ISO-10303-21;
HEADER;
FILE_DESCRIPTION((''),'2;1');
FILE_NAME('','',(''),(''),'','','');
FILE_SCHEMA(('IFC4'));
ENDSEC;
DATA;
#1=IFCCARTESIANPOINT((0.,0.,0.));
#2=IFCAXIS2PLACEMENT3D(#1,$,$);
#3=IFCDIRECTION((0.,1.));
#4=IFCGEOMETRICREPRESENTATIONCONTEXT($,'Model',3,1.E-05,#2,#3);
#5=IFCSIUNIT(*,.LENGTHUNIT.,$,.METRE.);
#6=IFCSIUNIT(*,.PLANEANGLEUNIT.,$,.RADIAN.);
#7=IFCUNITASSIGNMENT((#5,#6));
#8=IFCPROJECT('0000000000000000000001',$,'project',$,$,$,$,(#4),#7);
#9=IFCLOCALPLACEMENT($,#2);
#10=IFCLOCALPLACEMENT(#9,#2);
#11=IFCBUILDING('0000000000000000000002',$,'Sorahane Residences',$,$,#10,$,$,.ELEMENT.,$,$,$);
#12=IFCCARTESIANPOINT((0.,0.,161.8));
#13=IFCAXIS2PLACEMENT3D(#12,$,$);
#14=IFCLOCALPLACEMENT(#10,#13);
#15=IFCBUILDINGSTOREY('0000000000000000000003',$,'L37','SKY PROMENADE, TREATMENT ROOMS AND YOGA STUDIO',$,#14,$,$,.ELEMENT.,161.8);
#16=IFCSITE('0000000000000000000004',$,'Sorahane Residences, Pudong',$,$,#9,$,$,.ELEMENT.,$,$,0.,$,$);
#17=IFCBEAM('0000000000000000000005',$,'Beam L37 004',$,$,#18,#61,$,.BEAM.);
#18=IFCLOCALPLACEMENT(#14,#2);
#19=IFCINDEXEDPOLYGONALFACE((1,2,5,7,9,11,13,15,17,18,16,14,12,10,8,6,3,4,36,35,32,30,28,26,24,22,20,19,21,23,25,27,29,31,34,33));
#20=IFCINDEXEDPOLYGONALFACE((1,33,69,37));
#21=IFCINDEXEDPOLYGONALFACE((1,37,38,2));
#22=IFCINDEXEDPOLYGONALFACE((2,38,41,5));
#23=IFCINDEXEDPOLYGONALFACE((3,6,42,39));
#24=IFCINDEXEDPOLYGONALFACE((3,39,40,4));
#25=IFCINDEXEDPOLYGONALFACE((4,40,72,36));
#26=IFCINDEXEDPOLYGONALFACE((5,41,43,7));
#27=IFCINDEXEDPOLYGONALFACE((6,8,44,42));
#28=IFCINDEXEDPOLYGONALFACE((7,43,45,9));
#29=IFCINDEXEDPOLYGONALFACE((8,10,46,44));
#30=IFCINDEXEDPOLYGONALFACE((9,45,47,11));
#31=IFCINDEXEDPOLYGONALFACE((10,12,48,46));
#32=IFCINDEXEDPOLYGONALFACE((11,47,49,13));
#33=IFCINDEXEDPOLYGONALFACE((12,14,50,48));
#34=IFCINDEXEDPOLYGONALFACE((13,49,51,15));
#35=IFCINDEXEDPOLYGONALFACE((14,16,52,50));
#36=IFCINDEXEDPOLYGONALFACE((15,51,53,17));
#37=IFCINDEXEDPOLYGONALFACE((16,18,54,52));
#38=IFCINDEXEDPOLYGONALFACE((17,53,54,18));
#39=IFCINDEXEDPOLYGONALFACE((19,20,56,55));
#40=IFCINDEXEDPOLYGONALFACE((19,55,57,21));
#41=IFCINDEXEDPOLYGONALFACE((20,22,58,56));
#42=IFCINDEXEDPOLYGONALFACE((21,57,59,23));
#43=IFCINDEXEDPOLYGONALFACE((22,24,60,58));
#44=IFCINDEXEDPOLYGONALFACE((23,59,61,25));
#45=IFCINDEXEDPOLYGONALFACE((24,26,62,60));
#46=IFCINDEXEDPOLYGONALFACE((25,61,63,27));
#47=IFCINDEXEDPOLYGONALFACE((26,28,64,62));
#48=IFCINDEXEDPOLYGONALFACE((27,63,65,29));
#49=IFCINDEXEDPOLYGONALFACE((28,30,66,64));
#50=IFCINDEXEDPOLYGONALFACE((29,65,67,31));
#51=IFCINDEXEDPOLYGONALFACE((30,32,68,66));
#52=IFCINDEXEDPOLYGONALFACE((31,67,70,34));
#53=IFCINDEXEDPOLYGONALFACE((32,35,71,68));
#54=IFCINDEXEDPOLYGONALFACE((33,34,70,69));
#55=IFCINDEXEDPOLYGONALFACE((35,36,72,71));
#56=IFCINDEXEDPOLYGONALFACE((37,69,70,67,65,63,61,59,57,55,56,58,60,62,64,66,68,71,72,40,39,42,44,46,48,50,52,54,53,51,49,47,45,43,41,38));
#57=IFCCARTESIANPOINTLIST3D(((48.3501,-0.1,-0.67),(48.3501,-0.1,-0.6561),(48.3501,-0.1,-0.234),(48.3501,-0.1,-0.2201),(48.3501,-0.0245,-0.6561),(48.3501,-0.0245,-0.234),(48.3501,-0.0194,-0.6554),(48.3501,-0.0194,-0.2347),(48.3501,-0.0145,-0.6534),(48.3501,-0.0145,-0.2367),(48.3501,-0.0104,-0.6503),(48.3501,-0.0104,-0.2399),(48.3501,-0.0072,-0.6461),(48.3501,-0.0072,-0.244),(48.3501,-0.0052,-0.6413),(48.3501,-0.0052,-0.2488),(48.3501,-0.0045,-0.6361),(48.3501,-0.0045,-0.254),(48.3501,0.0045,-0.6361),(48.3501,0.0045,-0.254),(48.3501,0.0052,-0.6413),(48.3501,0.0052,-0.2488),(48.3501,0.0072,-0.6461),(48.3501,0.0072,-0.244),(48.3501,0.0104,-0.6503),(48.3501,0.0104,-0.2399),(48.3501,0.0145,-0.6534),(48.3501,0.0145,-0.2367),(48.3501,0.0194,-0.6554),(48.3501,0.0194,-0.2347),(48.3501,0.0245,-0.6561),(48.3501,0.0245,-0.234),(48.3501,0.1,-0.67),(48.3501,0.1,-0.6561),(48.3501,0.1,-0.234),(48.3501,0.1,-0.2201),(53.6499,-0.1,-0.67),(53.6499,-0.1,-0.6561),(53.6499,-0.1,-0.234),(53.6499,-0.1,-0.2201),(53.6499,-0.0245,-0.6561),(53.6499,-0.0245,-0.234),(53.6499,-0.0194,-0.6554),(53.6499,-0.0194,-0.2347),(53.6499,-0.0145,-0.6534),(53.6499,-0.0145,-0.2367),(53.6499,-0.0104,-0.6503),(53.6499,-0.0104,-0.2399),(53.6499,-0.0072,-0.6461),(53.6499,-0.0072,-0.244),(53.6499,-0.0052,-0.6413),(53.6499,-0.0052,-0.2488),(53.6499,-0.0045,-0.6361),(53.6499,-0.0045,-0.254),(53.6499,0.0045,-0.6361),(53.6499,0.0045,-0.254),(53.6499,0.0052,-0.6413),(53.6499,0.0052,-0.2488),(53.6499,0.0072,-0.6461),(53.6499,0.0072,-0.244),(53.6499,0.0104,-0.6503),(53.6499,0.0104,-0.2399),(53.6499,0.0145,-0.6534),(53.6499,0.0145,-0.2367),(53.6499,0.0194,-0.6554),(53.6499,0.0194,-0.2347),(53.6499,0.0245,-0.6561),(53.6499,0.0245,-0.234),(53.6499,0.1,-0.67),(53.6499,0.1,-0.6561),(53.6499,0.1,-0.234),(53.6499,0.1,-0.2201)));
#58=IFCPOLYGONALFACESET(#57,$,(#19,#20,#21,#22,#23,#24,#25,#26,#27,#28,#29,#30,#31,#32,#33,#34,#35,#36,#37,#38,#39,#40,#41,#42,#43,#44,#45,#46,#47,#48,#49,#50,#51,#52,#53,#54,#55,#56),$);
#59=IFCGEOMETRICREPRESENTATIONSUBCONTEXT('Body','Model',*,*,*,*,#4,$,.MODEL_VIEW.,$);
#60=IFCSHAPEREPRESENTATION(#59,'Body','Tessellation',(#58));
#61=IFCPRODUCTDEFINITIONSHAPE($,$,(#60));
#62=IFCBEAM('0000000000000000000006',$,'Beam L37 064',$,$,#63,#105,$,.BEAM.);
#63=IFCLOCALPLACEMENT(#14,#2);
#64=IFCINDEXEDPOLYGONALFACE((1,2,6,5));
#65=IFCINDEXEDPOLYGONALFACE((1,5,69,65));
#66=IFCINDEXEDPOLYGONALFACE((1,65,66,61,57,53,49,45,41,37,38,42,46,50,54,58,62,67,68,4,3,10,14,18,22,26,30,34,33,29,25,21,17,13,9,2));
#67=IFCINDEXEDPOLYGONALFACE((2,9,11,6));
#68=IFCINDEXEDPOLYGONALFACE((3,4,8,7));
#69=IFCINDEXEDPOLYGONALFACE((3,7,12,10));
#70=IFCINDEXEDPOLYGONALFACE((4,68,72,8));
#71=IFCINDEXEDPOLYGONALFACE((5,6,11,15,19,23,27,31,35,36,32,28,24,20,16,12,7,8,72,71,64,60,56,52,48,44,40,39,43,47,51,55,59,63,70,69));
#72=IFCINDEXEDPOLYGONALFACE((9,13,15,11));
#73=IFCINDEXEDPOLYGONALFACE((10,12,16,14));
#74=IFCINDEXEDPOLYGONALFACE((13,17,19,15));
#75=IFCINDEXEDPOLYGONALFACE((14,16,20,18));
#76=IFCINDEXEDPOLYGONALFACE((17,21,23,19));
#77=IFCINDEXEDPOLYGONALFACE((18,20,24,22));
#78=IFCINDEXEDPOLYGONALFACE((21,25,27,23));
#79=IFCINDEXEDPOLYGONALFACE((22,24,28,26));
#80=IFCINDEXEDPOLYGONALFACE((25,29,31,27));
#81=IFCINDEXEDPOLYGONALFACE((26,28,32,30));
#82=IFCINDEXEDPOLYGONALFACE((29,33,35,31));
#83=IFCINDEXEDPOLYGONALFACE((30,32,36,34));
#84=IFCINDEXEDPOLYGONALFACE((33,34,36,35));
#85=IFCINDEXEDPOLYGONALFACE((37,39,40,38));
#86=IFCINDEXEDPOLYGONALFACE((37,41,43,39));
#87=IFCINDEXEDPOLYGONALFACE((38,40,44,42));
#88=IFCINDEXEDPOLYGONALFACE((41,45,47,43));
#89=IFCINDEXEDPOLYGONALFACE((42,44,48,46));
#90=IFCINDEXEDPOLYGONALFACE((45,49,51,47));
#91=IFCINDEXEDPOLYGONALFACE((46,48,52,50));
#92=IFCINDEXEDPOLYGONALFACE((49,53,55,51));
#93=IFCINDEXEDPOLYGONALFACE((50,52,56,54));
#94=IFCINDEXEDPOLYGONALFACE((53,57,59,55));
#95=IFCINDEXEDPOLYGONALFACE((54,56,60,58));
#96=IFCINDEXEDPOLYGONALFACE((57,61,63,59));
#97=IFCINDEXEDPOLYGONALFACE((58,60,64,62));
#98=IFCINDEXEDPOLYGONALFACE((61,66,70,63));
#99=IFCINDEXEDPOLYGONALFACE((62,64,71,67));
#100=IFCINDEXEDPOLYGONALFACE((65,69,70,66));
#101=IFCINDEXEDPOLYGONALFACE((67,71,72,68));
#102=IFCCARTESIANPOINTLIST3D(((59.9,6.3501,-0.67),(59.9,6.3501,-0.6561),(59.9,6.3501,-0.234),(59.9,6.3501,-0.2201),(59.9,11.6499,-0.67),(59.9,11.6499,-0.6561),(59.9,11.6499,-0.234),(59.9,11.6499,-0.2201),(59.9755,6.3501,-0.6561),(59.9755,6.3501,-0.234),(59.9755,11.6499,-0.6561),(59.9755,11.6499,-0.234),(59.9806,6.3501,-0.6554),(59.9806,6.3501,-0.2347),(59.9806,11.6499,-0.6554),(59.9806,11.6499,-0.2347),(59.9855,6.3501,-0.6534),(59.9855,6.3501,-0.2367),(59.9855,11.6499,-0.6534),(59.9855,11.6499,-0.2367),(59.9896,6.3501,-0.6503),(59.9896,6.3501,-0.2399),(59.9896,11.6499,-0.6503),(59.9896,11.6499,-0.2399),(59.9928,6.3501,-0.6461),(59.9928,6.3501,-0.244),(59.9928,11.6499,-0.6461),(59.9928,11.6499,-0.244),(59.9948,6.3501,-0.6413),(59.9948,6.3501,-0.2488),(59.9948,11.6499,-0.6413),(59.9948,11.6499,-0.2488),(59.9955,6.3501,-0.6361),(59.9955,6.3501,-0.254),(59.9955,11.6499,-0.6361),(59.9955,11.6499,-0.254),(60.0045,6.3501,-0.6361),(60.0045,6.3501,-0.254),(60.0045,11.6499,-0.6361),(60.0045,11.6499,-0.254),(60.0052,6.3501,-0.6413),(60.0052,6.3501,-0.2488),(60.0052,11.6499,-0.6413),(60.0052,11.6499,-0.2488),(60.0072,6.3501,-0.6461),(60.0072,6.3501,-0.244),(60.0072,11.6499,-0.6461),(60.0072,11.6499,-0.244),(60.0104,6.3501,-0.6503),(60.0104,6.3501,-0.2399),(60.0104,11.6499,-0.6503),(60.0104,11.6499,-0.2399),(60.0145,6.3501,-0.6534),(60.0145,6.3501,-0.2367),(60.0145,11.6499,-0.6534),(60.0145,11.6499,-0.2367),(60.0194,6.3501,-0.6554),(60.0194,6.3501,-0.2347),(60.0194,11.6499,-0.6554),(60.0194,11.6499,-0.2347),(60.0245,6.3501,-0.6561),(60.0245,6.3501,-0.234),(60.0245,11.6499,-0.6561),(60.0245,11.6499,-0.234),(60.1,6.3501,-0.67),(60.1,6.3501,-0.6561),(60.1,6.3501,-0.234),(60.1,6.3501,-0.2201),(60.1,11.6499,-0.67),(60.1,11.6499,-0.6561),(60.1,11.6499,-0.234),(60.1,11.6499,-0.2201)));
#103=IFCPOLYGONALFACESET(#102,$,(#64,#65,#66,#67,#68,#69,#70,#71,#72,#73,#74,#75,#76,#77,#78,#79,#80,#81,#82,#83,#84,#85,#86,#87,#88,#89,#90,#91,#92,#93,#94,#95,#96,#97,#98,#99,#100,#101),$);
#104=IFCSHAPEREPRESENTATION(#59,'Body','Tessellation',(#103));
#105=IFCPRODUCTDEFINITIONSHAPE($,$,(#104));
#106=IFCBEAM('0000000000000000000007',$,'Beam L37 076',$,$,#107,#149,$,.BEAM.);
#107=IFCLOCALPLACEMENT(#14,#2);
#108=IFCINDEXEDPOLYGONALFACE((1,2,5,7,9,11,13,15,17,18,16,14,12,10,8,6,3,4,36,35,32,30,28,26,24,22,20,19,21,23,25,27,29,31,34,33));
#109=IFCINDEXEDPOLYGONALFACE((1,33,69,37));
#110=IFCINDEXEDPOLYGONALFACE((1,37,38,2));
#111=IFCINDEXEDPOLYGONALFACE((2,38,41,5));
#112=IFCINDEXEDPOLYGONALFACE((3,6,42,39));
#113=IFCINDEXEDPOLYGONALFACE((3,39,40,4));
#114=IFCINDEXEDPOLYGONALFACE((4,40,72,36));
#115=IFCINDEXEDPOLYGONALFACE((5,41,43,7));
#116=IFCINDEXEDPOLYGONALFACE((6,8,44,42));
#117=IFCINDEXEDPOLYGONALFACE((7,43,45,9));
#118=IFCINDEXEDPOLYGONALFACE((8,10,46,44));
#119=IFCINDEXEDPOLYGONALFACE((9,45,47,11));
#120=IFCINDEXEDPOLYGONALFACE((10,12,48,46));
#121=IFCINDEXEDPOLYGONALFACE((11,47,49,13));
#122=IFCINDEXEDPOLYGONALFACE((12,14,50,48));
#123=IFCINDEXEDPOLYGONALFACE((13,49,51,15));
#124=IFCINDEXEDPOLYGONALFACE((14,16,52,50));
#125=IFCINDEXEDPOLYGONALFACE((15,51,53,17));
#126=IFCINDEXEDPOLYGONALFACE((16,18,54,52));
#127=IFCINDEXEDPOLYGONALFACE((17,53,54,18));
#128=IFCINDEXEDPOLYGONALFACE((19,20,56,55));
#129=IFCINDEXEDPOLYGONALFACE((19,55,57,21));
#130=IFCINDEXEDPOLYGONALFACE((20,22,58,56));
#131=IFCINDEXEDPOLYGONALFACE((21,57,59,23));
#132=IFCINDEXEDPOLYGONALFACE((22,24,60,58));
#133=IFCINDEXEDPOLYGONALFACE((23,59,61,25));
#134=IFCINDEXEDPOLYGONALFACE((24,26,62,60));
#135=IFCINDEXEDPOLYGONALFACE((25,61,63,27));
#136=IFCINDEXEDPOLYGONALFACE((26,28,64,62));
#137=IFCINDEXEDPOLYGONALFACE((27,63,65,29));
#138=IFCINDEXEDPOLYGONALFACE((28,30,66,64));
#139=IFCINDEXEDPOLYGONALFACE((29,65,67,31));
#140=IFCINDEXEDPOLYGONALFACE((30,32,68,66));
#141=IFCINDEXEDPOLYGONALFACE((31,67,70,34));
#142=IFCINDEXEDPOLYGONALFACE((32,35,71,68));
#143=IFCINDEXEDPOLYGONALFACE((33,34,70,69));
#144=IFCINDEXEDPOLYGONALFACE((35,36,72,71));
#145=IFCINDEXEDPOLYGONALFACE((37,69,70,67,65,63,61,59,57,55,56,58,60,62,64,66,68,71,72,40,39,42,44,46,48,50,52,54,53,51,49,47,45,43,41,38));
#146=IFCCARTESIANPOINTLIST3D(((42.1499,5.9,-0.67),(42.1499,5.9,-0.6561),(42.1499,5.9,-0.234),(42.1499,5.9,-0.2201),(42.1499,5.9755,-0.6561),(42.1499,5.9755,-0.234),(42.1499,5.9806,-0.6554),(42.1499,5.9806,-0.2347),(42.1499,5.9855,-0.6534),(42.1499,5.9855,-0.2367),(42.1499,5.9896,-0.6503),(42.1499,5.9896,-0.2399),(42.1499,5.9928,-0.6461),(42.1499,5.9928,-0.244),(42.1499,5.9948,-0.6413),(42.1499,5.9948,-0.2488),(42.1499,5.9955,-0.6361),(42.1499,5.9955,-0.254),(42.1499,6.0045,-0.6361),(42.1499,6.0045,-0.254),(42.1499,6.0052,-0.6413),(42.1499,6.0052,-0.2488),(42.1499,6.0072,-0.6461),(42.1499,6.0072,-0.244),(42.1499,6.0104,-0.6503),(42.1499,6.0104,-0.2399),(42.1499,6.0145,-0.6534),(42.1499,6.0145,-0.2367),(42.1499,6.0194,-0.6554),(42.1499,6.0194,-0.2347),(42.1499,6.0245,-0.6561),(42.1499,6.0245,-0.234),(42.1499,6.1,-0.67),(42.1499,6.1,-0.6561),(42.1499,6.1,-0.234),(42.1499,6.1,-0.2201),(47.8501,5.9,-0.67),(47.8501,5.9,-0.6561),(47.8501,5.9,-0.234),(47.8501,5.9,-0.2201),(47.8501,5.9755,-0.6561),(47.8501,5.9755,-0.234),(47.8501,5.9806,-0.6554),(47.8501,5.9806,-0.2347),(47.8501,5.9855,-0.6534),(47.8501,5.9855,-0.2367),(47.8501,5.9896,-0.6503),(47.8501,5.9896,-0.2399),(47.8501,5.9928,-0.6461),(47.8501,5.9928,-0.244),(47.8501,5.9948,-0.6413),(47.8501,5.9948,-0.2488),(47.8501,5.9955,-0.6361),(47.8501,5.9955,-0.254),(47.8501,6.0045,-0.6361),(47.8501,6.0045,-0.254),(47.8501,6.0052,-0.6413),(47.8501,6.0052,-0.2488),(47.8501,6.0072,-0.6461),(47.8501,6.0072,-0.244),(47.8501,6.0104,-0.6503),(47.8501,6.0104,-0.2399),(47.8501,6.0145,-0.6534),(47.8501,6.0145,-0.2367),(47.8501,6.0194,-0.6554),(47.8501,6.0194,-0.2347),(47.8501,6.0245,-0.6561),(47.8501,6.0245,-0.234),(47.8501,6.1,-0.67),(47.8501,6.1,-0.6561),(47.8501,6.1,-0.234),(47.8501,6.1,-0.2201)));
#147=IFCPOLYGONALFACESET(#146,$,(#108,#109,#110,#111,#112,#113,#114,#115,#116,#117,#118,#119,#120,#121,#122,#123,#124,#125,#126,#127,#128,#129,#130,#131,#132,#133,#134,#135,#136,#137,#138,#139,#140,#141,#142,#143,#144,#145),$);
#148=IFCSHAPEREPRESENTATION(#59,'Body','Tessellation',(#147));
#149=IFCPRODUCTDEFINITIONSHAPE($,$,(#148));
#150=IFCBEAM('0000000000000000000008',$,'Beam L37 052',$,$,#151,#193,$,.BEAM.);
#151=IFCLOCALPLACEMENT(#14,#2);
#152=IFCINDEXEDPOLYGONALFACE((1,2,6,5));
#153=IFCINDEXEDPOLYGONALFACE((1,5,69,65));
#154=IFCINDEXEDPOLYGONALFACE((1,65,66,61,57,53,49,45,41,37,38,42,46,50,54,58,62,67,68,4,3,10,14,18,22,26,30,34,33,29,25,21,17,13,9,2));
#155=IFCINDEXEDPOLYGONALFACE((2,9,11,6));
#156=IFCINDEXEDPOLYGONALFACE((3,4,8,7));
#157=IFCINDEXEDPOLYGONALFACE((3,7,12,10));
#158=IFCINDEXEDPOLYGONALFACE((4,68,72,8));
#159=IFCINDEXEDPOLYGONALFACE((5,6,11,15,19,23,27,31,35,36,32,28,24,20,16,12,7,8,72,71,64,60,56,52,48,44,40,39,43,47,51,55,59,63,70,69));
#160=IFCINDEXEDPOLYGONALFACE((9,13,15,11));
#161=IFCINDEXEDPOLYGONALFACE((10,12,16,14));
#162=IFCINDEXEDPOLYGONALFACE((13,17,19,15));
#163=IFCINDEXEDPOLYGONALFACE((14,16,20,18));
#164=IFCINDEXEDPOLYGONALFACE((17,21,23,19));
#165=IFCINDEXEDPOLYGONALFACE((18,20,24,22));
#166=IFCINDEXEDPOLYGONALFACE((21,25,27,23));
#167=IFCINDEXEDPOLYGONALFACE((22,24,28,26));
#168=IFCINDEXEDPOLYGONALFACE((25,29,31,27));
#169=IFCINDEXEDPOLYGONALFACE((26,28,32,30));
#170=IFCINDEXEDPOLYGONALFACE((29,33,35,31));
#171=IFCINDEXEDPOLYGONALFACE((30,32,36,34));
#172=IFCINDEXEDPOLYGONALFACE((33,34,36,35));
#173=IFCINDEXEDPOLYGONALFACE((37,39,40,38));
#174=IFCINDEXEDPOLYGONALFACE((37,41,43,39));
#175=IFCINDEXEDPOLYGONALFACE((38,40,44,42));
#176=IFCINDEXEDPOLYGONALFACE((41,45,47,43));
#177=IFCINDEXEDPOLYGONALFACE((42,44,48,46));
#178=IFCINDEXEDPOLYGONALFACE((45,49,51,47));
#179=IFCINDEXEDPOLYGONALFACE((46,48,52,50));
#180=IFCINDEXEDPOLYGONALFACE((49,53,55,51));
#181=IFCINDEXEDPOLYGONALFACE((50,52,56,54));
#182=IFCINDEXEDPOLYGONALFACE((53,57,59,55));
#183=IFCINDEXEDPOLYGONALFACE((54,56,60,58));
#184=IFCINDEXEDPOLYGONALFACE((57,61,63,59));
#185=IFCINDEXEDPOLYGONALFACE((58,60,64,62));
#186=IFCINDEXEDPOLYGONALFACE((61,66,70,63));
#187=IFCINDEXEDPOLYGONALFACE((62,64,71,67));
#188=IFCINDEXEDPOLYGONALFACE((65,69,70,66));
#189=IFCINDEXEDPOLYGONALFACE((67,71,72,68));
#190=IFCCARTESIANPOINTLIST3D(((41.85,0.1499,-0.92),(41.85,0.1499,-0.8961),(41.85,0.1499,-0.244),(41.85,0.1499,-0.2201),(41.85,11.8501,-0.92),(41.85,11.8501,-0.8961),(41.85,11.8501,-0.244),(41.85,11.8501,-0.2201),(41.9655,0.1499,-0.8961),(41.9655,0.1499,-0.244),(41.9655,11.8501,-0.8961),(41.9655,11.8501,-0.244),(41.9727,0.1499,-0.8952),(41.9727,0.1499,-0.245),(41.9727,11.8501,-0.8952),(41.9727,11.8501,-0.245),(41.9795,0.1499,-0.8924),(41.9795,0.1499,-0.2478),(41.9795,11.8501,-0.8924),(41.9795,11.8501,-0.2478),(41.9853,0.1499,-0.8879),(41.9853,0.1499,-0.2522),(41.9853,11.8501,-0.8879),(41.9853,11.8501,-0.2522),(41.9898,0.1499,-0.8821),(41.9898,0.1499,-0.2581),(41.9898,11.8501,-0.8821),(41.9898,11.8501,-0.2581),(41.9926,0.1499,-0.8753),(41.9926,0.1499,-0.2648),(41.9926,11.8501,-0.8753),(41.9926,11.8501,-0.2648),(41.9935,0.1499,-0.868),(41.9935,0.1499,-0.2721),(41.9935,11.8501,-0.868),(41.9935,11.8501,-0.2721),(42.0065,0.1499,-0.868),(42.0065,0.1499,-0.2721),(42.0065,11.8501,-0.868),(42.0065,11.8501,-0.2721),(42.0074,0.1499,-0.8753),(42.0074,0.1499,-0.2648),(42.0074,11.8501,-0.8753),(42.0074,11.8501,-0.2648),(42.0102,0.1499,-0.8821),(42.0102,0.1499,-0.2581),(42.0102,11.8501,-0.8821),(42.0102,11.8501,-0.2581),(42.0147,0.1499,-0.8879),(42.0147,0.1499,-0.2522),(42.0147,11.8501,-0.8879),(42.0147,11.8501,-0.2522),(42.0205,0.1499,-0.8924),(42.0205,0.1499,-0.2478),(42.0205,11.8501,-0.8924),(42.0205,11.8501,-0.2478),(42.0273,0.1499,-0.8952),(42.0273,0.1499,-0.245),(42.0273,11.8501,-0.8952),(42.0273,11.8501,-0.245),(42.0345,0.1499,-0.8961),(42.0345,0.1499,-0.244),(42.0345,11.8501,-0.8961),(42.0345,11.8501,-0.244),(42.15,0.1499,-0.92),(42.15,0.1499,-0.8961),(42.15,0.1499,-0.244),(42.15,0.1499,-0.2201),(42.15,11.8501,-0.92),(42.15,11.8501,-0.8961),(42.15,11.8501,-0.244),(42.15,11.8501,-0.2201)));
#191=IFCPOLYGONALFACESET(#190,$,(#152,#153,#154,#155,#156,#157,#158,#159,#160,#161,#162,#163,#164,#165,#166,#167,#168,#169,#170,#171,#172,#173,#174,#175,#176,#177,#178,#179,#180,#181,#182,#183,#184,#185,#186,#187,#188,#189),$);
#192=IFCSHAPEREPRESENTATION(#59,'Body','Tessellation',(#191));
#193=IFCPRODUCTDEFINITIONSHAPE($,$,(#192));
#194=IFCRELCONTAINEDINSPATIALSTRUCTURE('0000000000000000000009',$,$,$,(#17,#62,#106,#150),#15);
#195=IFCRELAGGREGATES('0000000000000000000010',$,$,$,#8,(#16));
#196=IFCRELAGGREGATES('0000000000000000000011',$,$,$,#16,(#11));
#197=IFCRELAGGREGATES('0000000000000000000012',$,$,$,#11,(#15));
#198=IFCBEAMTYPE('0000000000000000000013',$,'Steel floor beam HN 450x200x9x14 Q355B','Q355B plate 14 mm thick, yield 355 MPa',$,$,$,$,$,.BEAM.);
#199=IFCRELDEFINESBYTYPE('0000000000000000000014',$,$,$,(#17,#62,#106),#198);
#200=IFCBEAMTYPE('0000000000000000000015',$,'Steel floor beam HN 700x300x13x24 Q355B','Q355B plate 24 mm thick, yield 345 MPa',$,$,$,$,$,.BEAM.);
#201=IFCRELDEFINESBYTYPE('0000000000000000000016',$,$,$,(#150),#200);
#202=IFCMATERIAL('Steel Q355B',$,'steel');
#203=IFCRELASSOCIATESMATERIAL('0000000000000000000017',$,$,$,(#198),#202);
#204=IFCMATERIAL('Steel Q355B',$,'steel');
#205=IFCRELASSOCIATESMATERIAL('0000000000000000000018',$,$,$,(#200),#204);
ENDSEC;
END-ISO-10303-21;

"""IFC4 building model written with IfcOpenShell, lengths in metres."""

from ifc_helpers import new_model, si_unit, direction, frame, origin, origin_2d, place, context, subcontext, project, spatial, i_section, extrude, material, material_profile, profile_set, type_object, element, save


model = new_model("IFC4")

# Units and contexts
model_context = context("Model", 3, precision=1e-05, world=origin(), true_north=direction((0.0, 1.0)))
body_context = subcontext(model_context, "Body", "Model", "MODEL_VIEW")
ifc_project = project(units=[si_unit("LENGTHUNIT", "METRE"), si_unit("PLANEANGLEUNIT", "RADIAN")], contexts=[model_context])

# Site, building, storey
site_placement = place(None, origin())
site = spatial("IfcSite", under=ifc_project, at=site_placement, Name="Sorahane Residences, Pudong", CompositionType="ELEMENT", RefElevation=0.0)
building_placement = place(site_placement, origin())
building = spatial("IfcBuilding", under=site, at=building_placement, Name="Sorahane Residences", CompositionType="ELEMENT")
storey_placement = place(building_placement, frame((0.0, 0.0, 161.8)))
storey = spatial("IfcBuildingStorey", under=building, at=storey_placement, Name="L37", Description="SKY PROMENADE, TREATMENT ROOMS AND YOGA STUDIO", CompositionType="ELEMENT", Elevation=161.8)

# Beams
ifc_material_1 = material(Name="Steel Q355B", Category="steel")
ifc_material_profile_1 = material_profile(ifc_material_1, i_section(OverallWidth=0.2, OverallDepth=0.45, WebThickness=0.009, FlangeThickness=0.0139, FilletRadius=0.02, at=origin_2d()), Name="HN 450x200x9x14")
ifc_profile_set_1 = profile_set([ifc_material_profile_1], Name="Steel Q355B")
beam_type_1 = type_object("IfcBeamType", Name="Steel floor beam HN 450x200x9x14 Q355B", Description="Q355B plate 14 mm thick, yield 355 MPa", PredefinedType="BEAM", material=ifc_profile_set_1)
for number, where, z_axis, x_axis, name in (
    (1, (48.3501, 0.0, -0.4451), (1.0, 0.0, 0.0), (0.0, 1.0, 0.0), "Beam L37 004"),
    (2, (60.0, 6.3501, -0.4451), (0.0, 1.0, 0.0), (-1.0, 0.0, 0.0), "Beam L37 064"),
):
    element("IfcBeam", number, at=place(storey_placement, frame(where, z_axis=z_axis, x_axis=x_axis)), inside=storey, type_object=beam_type_1, Name=name, PredefinedType="BEAM", context=body_context, shape_type="SweptSolid", body=[
        extrude(i_section(OverallWidth=0.2, OverallDepth=0.45, WebThickness=0.009, FlangeThickness=0.0139, FilletRadius=0.02, at=origin_2d()), origin(), (0.0, 0.0, 1.0), 5.2998),
    ])
beam_1_placement = place(storey_placement, frame((42.1499, 6.0, -0.4451), z_axis=(1.0, 0.0, 0.0), x_axis=(0.0, 1.0, 0.0)))
element("IfcBeam", 3, at=beam_1_placement, inside=storey, type_object=beam_type_1, Name="Beam L37 076", PredefinedType="BEAM", context=body_context, shape_type="SweptSolid", body=[
    extrude(i_section(OverallWidth=0.2, OverallDepth=0.45, WebThickness=0.009, FlangeThickness=0.0139, FilletRadius=0.02, at=origin_2d()), origin(), (0.0, 0.0, 1.0), 5.7002),
])
ifc_material_2 = material(Name="Steel Q355B", Category="steel")
ifc_material_profile_2 = material_profile(ifc_material_2, i_section(OverallWidth=0.3, OverallDepth=0.7, WebThickness=0.0129, FlangeThickness=0.0239, FilletRadius=0.0281, at=origin_2d()), Name="HN 700x300x13x24")
ifc_profile_set_2 = profile_set([ifc_material_profile_2], Name="Steel Q355B")
beam_type_2 = type_object("IfcBeamType", Name="Steel floor beam HN 700x300x13x24 Q355B", Description="Q355B plate 24 mm thick, yield 345 MPa", PredefinedType="BEAM", material=ifc_profile_set_2)
beam_2_placement = place(storey_placement, frame((42.0, 0.1499, -0.5701), z_axis=(0.0, 1.0, 0.0), x_axis=(-1.0, 0.0, 0.0)))
element("IfcBeam", 4, at=beam_2_placement, inside=storey, type_object=beam_type_2, Name="Beam L37 052", PredefinedType="BEAM", context=body_context, shape_type="SweptSolid", body=[
    extrude(i_section(OverallWidth=0.3, OverallDepth=0.7, WebThickness=0.0129, FlangeThickness=0.0239, FilletRadius=0.0281, at=origin_2d()), origin(), (0.0, 0.0, 1.0), 11.7002),
])

save(model, "model.ifc")
